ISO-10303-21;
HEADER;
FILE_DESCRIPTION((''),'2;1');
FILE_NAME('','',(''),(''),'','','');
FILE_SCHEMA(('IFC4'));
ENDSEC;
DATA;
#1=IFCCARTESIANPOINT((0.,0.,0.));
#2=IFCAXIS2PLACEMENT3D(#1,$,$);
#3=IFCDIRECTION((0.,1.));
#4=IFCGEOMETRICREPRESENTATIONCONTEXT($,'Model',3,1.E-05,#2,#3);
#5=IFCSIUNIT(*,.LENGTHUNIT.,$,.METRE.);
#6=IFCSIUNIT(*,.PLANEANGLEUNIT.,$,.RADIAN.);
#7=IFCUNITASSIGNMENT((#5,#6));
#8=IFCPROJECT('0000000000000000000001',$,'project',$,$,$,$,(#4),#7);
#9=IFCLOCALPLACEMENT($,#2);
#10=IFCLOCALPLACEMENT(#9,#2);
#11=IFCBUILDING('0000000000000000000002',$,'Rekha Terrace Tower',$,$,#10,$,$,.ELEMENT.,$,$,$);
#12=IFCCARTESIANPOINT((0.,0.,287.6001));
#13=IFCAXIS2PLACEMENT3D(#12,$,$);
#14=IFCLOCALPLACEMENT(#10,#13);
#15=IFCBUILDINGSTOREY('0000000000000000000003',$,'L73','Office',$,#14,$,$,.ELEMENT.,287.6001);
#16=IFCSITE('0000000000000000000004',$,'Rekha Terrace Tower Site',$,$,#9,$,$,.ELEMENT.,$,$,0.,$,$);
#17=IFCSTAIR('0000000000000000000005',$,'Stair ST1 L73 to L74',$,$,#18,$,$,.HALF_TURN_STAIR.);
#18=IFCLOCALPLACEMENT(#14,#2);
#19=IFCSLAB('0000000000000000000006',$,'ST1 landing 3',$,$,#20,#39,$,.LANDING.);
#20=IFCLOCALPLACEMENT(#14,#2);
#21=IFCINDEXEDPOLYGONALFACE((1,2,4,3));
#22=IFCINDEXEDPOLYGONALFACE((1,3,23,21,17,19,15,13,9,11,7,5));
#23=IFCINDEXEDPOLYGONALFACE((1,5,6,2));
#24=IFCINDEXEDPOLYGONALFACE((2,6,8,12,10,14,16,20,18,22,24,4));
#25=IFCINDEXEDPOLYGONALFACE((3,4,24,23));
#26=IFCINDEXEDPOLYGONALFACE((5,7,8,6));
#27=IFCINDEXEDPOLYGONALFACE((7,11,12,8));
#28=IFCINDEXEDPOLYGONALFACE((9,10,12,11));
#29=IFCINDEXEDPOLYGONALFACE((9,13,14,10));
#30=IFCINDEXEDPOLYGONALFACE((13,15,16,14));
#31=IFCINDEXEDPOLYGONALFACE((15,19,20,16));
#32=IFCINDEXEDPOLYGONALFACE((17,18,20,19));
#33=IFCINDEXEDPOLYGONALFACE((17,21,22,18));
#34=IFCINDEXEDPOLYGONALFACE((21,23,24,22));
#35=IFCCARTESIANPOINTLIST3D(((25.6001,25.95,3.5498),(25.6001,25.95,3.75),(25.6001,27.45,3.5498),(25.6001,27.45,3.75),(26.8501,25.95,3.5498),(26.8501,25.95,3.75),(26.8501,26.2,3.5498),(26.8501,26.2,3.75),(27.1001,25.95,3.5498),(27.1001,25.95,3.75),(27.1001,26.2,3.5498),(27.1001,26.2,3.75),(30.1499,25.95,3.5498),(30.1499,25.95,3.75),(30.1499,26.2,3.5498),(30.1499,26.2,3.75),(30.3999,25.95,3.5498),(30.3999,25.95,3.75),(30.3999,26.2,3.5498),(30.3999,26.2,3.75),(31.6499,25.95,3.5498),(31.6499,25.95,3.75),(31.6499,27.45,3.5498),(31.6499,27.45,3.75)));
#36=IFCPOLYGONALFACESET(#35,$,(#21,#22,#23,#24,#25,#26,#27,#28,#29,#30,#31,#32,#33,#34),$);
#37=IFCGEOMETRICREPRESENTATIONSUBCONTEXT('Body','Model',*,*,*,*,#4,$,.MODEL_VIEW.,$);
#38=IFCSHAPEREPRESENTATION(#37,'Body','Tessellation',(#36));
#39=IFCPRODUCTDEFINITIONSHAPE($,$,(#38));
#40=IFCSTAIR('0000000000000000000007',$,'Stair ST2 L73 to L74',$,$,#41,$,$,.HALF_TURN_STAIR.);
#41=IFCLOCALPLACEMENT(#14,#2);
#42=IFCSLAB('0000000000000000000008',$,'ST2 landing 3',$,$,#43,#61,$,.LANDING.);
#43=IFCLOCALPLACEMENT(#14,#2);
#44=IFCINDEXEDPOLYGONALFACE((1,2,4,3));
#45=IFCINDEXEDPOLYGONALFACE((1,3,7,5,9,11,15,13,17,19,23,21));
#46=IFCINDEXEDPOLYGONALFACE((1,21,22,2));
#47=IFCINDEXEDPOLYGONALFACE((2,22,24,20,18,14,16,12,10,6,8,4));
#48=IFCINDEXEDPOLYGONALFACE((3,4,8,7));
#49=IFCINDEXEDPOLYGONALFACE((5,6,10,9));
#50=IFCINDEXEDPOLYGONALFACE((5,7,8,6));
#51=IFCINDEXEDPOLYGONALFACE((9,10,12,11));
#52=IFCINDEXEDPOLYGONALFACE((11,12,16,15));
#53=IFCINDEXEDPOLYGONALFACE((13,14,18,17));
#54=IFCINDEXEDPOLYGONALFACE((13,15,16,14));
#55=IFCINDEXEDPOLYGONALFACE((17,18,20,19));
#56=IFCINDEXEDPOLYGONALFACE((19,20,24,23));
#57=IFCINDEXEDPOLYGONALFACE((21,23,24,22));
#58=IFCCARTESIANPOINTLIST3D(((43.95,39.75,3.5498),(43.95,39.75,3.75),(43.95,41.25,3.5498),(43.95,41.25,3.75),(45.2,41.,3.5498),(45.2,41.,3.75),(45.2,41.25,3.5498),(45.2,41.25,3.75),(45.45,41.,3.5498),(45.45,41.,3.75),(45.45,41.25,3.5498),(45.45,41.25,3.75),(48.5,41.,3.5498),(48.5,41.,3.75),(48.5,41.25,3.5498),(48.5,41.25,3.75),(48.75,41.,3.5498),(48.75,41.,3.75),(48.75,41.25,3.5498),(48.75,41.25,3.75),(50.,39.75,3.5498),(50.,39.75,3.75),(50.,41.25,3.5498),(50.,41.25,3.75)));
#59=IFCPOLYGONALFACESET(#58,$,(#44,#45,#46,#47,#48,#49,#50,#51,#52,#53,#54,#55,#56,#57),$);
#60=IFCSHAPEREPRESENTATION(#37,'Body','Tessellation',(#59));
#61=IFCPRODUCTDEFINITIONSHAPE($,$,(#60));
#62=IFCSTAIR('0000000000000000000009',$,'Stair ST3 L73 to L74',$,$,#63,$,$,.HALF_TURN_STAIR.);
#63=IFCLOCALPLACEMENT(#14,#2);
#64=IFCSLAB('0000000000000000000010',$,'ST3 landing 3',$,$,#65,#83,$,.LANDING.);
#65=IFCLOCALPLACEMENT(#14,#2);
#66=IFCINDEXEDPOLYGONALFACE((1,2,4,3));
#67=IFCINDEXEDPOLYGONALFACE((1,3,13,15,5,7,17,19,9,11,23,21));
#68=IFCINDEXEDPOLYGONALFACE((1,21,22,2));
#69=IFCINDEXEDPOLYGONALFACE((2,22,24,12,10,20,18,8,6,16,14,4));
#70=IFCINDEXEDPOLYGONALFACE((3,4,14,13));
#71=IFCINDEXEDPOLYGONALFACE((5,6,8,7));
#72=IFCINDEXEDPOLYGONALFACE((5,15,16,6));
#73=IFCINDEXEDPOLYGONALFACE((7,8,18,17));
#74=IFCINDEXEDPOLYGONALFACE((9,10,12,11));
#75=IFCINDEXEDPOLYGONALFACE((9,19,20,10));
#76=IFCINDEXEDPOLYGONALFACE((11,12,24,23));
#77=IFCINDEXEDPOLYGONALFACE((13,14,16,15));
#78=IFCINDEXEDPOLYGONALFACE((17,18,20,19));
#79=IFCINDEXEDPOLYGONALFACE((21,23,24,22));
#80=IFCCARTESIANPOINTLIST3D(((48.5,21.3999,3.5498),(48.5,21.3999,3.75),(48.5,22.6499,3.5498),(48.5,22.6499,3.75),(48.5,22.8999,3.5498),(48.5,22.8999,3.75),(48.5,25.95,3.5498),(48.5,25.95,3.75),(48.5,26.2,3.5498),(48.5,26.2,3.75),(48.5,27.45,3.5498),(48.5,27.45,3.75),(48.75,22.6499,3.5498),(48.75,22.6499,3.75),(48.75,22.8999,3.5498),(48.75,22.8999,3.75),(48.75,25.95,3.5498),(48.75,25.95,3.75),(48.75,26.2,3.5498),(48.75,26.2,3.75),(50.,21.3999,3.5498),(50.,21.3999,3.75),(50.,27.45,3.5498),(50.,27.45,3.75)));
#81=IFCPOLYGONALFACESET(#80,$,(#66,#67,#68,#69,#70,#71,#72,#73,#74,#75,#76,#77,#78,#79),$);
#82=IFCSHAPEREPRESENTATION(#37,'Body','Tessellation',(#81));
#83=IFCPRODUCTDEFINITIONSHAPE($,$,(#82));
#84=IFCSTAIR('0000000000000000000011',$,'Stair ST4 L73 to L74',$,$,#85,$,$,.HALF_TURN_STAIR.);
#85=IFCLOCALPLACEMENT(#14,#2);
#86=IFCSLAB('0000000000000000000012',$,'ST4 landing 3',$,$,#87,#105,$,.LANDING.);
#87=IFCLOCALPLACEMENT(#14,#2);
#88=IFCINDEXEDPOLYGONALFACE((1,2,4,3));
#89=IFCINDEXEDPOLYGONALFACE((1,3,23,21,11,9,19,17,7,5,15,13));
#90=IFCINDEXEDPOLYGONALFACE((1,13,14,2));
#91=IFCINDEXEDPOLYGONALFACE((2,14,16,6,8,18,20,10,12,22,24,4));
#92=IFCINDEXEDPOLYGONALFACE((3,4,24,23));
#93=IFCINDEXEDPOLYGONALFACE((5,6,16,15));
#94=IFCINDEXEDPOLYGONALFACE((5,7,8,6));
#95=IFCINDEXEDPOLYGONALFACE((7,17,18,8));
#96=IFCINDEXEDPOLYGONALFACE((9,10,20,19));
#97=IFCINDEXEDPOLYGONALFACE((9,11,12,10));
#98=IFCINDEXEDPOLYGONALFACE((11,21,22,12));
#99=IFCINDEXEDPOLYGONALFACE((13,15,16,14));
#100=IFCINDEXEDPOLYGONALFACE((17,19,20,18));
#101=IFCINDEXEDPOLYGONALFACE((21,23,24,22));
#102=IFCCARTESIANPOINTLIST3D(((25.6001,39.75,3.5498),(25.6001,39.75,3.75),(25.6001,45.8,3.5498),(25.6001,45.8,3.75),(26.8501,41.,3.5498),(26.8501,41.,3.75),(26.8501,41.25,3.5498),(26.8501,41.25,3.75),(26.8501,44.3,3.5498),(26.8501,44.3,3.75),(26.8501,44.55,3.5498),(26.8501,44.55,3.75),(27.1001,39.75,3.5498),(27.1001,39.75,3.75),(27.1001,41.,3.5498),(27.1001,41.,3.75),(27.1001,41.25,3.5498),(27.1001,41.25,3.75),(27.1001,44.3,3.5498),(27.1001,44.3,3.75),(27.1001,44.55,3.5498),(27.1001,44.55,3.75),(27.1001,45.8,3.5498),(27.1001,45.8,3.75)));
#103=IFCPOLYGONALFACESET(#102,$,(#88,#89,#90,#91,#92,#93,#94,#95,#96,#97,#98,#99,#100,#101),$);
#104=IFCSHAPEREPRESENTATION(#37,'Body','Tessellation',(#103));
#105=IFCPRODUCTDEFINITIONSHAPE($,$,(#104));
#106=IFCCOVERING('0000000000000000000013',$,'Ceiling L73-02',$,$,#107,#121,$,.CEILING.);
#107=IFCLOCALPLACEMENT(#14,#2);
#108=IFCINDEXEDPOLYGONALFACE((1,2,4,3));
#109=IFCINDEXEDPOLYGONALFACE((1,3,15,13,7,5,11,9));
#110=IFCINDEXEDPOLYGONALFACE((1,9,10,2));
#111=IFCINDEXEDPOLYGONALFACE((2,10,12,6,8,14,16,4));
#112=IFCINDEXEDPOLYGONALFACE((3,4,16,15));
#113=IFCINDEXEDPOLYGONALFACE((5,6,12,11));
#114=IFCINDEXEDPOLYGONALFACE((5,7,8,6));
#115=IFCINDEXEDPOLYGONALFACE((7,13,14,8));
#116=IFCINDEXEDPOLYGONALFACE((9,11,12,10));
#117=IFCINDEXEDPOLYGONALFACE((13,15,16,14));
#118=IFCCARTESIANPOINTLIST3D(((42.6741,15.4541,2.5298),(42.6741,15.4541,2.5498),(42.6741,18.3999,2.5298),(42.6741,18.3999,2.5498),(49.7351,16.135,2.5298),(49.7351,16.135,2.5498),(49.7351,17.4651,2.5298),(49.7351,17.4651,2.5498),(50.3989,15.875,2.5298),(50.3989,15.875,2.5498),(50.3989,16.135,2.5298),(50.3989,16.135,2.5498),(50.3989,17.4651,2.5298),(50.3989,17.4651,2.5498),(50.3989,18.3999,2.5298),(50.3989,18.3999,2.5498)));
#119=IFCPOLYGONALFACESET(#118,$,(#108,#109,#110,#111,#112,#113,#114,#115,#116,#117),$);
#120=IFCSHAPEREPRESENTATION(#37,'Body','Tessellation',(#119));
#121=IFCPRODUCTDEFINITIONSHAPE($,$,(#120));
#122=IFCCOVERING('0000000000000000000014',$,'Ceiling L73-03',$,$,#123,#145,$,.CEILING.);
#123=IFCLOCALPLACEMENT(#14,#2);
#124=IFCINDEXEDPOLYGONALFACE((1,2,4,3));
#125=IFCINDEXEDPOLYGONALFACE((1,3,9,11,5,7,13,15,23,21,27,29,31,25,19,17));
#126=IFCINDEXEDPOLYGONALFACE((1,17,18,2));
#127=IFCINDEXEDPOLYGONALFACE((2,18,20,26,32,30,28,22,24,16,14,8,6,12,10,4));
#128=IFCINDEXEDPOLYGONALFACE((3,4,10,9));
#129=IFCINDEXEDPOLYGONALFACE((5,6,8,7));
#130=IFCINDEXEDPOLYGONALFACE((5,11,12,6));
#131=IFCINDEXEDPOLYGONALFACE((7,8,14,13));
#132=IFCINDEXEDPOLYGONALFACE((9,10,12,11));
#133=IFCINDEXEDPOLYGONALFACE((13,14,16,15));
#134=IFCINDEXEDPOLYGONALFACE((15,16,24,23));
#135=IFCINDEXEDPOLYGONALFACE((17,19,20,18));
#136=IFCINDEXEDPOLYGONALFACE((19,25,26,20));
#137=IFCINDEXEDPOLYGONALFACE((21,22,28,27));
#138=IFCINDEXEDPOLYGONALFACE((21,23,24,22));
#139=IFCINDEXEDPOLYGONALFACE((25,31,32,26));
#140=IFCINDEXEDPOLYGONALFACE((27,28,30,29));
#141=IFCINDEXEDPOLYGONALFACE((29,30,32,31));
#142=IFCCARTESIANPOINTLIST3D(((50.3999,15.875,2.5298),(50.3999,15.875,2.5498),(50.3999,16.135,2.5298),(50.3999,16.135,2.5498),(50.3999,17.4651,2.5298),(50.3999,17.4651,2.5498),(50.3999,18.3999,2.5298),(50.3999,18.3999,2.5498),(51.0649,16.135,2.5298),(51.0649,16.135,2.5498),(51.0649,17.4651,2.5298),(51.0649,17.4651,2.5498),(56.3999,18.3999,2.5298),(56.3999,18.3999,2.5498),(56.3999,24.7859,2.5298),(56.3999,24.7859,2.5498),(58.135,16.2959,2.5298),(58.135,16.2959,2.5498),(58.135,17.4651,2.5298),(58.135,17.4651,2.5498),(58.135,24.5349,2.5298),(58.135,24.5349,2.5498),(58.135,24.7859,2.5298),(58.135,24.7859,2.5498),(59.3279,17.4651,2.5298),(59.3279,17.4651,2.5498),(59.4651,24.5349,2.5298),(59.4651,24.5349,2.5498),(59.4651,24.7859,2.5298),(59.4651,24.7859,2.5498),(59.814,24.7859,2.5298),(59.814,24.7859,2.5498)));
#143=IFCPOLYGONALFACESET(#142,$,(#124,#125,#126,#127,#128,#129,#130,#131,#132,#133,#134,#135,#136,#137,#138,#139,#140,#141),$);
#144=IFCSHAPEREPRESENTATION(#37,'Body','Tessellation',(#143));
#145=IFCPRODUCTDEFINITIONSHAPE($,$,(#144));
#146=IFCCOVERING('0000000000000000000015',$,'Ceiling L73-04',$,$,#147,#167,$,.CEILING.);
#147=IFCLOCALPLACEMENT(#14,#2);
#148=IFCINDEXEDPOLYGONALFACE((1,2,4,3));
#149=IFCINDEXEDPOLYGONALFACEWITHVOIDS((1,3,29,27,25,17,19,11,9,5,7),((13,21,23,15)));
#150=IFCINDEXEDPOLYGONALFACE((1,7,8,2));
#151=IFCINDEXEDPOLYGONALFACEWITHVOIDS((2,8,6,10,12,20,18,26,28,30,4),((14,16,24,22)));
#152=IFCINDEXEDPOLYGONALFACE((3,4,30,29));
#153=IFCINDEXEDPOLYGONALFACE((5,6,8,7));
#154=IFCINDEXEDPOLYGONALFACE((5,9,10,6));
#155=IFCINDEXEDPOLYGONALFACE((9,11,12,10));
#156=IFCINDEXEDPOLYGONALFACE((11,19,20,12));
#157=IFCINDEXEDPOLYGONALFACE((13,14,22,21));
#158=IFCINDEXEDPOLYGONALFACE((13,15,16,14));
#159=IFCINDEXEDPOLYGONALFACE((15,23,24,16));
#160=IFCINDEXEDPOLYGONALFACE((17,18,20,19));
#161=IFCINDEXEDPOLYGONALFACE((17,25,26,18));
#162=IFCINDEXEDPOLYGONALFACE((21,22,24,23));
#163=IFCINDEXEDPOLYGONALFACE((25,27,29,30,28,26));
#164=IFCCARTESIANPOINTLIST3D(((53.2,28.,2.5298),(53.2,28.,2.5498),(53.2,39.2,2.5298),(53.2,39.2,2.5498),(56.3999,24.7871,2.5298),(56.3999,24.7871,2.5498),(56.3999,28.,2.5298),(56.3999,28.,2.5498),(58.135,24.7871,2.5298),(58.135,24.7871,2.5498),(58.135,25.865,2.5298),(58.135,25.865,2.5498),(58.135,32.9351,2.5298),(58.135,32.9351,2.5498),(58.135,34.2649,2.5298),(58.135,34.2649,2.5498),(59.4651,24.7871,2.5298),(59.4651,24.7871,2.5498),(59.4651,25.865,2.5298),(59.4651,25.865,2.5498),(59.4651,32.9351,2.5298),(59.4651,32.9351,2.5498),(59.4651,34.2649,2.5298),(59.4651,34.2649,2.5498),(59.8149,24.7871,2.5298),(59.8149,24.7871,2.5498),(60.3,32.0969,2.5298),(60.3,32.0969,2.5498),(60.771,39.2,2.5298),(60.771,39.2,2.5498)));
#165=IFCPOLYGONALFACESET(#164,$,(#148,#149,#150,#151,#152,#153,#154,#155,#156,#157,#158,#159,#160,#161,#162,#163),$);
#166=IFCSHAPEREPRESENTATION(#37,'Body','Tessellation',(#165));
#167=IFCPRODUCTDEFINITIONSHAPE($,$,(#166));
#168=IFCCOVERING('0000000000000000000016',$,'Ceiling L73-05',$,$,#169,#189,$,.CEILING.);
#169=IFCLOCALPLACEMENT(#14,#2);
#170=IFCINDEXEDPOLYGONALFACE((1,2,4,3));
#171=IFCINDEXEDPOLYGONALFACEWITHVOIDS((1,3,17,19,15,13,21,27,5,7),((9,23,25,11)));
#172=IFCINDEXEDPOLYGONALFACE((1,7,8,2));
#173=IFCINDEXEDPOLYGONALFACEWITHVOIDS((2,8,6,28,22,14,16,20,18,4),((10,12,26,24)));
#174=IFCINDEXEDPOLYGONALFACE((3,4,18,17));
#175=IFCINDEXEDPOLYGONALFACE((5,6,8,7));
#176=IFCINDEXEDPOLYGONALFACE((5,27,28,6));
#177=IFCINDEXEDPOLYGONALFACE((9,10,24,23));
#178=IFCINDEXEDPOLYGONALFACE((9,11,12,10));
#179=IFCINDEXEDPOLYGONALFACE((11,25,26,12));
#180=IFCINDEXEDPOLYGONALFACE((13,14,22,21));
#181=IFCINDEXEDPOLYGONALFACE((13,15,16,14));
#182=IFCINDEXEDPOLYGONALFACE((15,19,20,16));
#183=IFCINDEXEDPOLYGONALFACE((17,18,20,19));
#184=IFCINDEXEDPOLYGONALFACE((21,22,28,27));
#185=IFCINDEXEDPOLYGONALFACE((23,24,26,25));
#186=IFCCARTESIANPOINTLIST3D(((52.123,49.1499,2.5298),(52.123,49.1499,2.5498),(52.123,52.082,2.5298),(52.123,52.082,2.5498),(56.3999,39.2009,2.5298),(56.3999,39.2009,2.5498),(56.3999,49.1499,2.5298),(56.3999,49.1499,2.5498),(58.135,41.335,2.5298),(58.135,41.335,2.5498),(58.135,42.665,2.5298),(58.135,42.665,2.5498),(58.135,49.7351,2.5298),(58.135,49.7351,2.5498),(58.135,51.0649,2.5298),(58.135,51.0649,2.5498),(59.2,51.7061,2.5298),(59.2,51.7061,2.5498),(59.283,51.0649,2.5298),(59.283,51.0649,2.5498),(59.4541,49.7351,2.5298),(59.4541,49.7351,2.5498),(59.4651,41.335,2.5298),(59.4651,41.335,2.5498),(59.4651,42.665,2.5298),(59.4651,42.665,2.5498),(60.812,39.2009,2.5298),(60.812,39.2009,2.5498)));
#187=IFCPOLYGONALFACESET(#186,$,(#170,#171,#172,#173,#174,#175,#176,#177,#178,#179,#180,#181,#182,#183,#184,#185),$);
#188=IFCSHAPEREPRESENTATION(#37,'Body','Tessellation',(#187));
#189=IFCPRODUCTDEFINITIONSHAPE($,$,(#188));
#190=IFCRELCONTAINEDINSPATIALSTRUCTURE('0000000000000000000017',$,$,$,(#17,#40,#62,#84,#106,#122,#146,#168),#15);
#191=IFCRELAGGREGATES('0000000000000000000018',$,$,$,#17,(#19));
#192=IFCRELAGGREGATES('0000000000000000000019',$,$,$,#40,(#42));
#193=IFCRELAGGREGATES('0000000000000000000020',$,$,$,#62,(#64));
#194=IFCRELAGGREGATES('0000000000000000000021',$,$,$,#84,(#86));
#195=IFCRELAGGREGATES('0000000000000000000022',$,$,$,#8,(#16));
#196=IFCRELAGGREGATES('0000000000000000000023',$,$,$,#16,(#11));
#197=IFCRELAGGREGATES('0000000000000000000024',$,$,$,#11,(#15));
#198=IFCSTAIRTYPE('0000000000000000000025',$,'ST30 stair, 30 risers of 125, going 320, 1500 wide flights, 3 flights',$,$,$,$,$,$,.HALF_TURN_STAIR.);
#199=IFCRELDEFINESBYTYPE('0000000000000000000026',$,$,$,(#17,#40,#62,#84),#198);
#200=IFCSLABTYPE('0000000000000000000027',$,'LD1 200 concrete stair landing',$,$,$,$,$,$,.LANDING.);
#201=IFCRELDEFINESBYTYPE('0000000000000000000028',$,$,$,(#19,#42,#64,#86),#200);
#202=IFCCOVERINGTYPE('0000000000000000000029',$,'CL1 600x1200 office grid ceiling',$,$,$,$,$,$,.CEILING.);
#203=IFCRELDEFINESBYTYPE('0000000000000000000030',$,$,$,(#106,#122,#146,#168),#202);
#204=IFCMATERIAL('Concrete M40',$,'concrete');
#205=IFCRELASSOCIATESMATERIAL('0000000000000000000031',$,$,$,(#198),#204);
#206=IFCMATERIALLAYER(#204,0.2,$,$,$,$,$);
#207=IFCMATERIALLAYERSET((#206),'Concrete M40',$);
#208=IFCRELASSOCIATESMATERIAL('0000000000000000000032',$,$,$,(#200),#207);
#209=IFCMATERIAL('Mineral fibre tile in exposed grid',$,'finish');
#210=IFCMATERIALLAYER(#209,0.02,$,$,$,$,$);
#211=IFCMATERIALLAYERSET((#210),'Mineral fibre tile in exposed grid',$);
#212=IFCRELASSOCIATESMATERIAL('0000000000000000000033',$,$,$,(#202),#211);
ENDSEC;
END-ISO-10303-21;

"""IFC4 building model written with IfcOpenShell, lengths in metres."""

from ifc_helpers import new_model, si_unit, direction, frame, origin, place, context, subcontext, project, spatial, polyline, outline, extrude, material, layer, layer_set, type_object, element, aggregate, save


model = new_model("IFC4")

# Units and contexts
model_context = context("Model", 3, precision=1e-05, world=origin(), true_north=direction((0.0, 1.0)))
body_context = subcontext(model_context, "Body", "Model", "MODEL_VIEW")
ifc_project = project(units=[si_unit("LENGTHUNIT", "METRE"), si_unit("PLANEANGLEUNIT", "RADIAN")], contexts=[model_context])

# Site, building, storey
site_placement = place(None, origin())
site = spatial("IfcSite", under=ifc_project, at=site_placement, Name="Rekha Terrace Tower Site", CompositionType="ELEMENT", RefElevation=0.0)
building_placement = place(site_placement, origin())
building = spatial("IfcBuilding", under=site, at=building_placement, Name="Rekha Terrace Tower", CompositionType="ELEMENT")
storey_placement = place(building_placement, frame((0.0, 0.0, 287.6001)))
storey = spatial("IfcBuildingStorey", under=building, at=storey_placement, Name="L73", Description="Office", CompositionType="ELEMENT", Elevation=287.6001)

# Stairs, slabs
ifc_material_1 = material(Name="Concrete M40", Category="concrete")
stair_type = type_object("IfcStairType", Name="ST30 stair, 30 risers of 125, going 320, 1500 wide flights, 3 flights", PredefinedType="HALF_TURN_STAIR", material=ifc_material_1)
stair_1_placement = place(storey_placement, origin())
stair_1 = element("IfcStair", 1, at=stair_1_placement, inside=storey, type_object=stair_type, Name="Stair ST1 L73 to L74", PredefinedType="HALF_TURN_STAIR")
ifc_layer_1 = layer(ifc_material_1, 0.2)
ifc_layer_set_1 = layer_set([ifc_layer_1], Name="Concrete M40")
slab_type = type_object("IfcSlabType", Name="LD1 200 concrete stair landing", PredefinedType="LANDING", material=ifc_layer_set_1)
slab_1_placement = place(storey_placement, frame((0.0, 0.0, 3.5498)))
slab_1 = element("IfcSlab", 2, at=slab_1_placement, type_object=slab_type, Name="ST1 landing 3", PredefinedType="LANDING", context=body_context, shape_type="SweptSolid", body=[
    extrude(outline(polyline([(31.6499, 25.95), (31.6499, 27.45), (25.6001, 27.45), (25.6001, 25.95), (26.8501, 25.95), (26.8501, 26.2), (27.1001, 26.2), (27.1001, 25.95), (30.1499, 25.95), (30.1499, 26.2), (30.3999, 26.2), (30.3999, 25.95), (31.6499, 25.95)])), origin(), (0.0, 0.0, 1.0), 0.2002),
])
aggregate(stair_1, [slab_1])
stair_2_placement = place(storey_placement, origin())
stair_2 = element("IfcStair", 3, at=stair_2_placement, inside=storey, type_object=stair_type, Name="Stair ST2 L73 to L74", PredefinedType="HALF_TURN_STAIR")
slab_2_placement = place(storey_placement, frame((0.0, 0.0, 3.5498)))
slab_2 = element("IfcSlab", 4, at=slab_2_placement, type_object=slab_type, Name="ST2 landing 3", PredefinedType="LANDING", context=body_context, shape_type="SweptSolid", body=[
    extrude(outline(polyline([(43.95, 41.25), (43.95, 39.75), (50.0, 39.75), (50.0, 41.25), (48.75, 41.25), (48.75, 41.0), (48.5, 41.0), (48.5, 41.25), (45.45, 41.25), (45.45, 41.0), (45.2, 41.0), (45.2, 41.25), (43.95, 41.25)])), origin(), (0.0, 0.0, 1.0), 0.2002),
])
aggregate(stair_2, [slab_2])
stair_3_placement = place(storey_placement, origin())
stair_3 = element("IfcStair", 5, at=stair_3_placement, inside=storey, type_object=stair_type, Name="Stair ST3 L73 to L74", PredefinedType="HALF_TURN_STAIR")
slab_3_placement = place(storey_placement, frame((0.0, 0.0, 3.5498)))
slab_3 = element("IfcSlab", 6, at=slab_3_placement, type_object=slab_type, Name="ST3 landing 3", PredefinedType="LANDING", context=body_context, shape_type="SweptSolid", body=[
    extrude(outline(polyline([(48.5, 21.3999), (50.0, 21.3999), (50.0, 27.45), (48.5, 27.45), (48.5, 26.2), (48.75, 26.2), (48.75, 25.95), (48.5, 25.95), (48.5, 22.8999), (48.75, 22.8999), (48.75, 22.6499), (48.5, 22.6499), (48.5, 21.3999)])), origin(), (0.0, 0.0, 1.0), 0.2002),
])
aggregate(stair_3, [slab_3])
stair_4_placement = place(storey_placement, origin())
stair_4 = element("IfcStair", 7, at=stair_4_placement, inside=storey, type_object=stair_type, Name="Stair ST4 L73 to L74", PredefinedType="HALF_TURN_STAIR")
slab_4_placement = place(storey_placement, frame((0.0, 0.0, 3.5498)))
slab_4 = element("IfcSlab", 8, at=slab_4_placement, type_object=slab_type, Name="ST4 landing 3", PredefinedType="LANDING", context=body_context, shape_type="SweptSolid", body=[
    extrude(outline(polyline([(27.1001, 39.75), (25.6001, 39.75), (25.6001, 45.8), (27.1001, 45.8), (27.1001, 44.55), (26.8501, 44.55), (26.8501, 44.3), (27.1001, 44.3), (27.1001, 41.25), (26.8501, 41.25), (26.8501, 41.0), (27.1001, 41.0), (27.1001, 39.75)])), origin(), (0.0, 0.0, 1.0), 0.2002),
])
aggregate(stair_4, [slab_4])

# Coverings
ifc_material_2 = material(Name="Mineral fibre tile in exposed grid", Category="finish")
ifc_layer_2 = layer(ifc_material_2, 0.02)
ifc_layer_set_2 = layer_set([ifc_layer_2], Name="Mineral fibre tile in exposed grid")
covering_type_1 = type_object("IfcCoveringType", Name="CL1 600x1200 office grid ceiling", PredefinedType="CEILING", material=ifc_layer_set_2)
covering_1_placement = place(storey_placement, frame((0.0, 0.0, 2.5298)))
element("IfcCovering", 9, at=covering_1_placement, inside=storey, type_object=covering_type_1, Name="Ceiling L73-02", PredefinedType="CEILING", context=body_context, shape_type="SweptSolid", body=[
    extrude(outline(polyline([(50.3989, 17.4651), (50.3989, 18.3999), (42.6741, 18.3999), (42.6741, 15.4541), (50.3989, 15.875), (50.3989, 16.135), (49.7351, 16.135), (49.7351, 17.4651), (50.3989, 17.4651)])), origin(), (0.0, 0.0, 1.0), 0.02),
])
covering_2_placement = place(storey_placement, frame((0.0, 0.0, 2.5298)))
element("IfcCovering", 10, at=covering_2_placement, inside=storey, type_object=covering_type_1, Name="Ceiling L73-03", PredefinedType="CEILING", context=body_context, shape_type="SweptSolid", body=[
    extrude(outline(polyline([(58.135, 17.4651), (59.3279, 17.4651), (59.814, 24.7859), (59.4651, 24.7859), (59.4651, 24.5349), (58.135, 24.5349), (58.135, 24.7859), (56.3999, 24.7859), (56.3999, 18.3999), (50.3999, 18.3999), (50.3999, 17.4651), (51.0649, 17.4651), (51.0649, 16.135), (50.3999, 16.135), (50.3999, 15.875), (58.135, 16.2959), (58.135, 17.4651)])), origin(), (0.0, 0.0, 1.0), 0.02),
])
covering_3_placement = place(storey_placement, frame((0.0, 0.0, 2.5298)))
element("IfcCovering", 11, at=covering_3_placement, inside=storey, type_object=covering_type_1, Name="Ceiling L73-04", PredefinedType="CEILING", context=body_context, shape_type="SweptSolid", body=[
    extrude(outline(polyline([(60.771, 39.2), (53.2, 39.2), (53.2, 28.0), (56.3999, 28.0), (56.3999, 24.7871), (58.135, 24.7871), (58.135, 25.865), (59.4651, 25.865), (59.4651, 24.7871), (59.8149, 24.7871), (60.3, 32.0969), (60.771, 39.2)]), holes=[polyline([(59.4651, 34.2649), (59.4651, 32.9351), (58.135, 32.9351), (58.135, 34.2649), (59.4651, 34.2649)])]), origin(), (0.0, 0.0, 1.0), 0.02),
])
covering_4_placement = place(storey_placement, frame((0.0, 0.0, 2.5298)))
element("IfcCovering", 12, at=covering_4_placement, inside=storey, type_object=covering_type_1, Name="Ceiling L73-05", PredefinedType="CEILING", context=body_context, shape_type="SweptSolid", body=[
    extrude(outline(polyline([(52.123, 49.1499), (56.3999, 49.1499), (56.3999, 39.2009), (60.812, 39.2009), (59.4541, 49.7351), (58.135, 49.7351), (58.135, 51.0649), (59.283, 51.0649), (59.2, 51.7061), (52.123, 52.082), (52.123, 49.1499)]), holes=[polyline([(59.4651, 41.335), (58.135, 41.335), (58.135, 42.665), (59.4651, 42.665), (59.4651, 41.335)])]), origin(), (0.0, 0.0, 1.0), 0.02),
])

save(model, "model.ifc")
